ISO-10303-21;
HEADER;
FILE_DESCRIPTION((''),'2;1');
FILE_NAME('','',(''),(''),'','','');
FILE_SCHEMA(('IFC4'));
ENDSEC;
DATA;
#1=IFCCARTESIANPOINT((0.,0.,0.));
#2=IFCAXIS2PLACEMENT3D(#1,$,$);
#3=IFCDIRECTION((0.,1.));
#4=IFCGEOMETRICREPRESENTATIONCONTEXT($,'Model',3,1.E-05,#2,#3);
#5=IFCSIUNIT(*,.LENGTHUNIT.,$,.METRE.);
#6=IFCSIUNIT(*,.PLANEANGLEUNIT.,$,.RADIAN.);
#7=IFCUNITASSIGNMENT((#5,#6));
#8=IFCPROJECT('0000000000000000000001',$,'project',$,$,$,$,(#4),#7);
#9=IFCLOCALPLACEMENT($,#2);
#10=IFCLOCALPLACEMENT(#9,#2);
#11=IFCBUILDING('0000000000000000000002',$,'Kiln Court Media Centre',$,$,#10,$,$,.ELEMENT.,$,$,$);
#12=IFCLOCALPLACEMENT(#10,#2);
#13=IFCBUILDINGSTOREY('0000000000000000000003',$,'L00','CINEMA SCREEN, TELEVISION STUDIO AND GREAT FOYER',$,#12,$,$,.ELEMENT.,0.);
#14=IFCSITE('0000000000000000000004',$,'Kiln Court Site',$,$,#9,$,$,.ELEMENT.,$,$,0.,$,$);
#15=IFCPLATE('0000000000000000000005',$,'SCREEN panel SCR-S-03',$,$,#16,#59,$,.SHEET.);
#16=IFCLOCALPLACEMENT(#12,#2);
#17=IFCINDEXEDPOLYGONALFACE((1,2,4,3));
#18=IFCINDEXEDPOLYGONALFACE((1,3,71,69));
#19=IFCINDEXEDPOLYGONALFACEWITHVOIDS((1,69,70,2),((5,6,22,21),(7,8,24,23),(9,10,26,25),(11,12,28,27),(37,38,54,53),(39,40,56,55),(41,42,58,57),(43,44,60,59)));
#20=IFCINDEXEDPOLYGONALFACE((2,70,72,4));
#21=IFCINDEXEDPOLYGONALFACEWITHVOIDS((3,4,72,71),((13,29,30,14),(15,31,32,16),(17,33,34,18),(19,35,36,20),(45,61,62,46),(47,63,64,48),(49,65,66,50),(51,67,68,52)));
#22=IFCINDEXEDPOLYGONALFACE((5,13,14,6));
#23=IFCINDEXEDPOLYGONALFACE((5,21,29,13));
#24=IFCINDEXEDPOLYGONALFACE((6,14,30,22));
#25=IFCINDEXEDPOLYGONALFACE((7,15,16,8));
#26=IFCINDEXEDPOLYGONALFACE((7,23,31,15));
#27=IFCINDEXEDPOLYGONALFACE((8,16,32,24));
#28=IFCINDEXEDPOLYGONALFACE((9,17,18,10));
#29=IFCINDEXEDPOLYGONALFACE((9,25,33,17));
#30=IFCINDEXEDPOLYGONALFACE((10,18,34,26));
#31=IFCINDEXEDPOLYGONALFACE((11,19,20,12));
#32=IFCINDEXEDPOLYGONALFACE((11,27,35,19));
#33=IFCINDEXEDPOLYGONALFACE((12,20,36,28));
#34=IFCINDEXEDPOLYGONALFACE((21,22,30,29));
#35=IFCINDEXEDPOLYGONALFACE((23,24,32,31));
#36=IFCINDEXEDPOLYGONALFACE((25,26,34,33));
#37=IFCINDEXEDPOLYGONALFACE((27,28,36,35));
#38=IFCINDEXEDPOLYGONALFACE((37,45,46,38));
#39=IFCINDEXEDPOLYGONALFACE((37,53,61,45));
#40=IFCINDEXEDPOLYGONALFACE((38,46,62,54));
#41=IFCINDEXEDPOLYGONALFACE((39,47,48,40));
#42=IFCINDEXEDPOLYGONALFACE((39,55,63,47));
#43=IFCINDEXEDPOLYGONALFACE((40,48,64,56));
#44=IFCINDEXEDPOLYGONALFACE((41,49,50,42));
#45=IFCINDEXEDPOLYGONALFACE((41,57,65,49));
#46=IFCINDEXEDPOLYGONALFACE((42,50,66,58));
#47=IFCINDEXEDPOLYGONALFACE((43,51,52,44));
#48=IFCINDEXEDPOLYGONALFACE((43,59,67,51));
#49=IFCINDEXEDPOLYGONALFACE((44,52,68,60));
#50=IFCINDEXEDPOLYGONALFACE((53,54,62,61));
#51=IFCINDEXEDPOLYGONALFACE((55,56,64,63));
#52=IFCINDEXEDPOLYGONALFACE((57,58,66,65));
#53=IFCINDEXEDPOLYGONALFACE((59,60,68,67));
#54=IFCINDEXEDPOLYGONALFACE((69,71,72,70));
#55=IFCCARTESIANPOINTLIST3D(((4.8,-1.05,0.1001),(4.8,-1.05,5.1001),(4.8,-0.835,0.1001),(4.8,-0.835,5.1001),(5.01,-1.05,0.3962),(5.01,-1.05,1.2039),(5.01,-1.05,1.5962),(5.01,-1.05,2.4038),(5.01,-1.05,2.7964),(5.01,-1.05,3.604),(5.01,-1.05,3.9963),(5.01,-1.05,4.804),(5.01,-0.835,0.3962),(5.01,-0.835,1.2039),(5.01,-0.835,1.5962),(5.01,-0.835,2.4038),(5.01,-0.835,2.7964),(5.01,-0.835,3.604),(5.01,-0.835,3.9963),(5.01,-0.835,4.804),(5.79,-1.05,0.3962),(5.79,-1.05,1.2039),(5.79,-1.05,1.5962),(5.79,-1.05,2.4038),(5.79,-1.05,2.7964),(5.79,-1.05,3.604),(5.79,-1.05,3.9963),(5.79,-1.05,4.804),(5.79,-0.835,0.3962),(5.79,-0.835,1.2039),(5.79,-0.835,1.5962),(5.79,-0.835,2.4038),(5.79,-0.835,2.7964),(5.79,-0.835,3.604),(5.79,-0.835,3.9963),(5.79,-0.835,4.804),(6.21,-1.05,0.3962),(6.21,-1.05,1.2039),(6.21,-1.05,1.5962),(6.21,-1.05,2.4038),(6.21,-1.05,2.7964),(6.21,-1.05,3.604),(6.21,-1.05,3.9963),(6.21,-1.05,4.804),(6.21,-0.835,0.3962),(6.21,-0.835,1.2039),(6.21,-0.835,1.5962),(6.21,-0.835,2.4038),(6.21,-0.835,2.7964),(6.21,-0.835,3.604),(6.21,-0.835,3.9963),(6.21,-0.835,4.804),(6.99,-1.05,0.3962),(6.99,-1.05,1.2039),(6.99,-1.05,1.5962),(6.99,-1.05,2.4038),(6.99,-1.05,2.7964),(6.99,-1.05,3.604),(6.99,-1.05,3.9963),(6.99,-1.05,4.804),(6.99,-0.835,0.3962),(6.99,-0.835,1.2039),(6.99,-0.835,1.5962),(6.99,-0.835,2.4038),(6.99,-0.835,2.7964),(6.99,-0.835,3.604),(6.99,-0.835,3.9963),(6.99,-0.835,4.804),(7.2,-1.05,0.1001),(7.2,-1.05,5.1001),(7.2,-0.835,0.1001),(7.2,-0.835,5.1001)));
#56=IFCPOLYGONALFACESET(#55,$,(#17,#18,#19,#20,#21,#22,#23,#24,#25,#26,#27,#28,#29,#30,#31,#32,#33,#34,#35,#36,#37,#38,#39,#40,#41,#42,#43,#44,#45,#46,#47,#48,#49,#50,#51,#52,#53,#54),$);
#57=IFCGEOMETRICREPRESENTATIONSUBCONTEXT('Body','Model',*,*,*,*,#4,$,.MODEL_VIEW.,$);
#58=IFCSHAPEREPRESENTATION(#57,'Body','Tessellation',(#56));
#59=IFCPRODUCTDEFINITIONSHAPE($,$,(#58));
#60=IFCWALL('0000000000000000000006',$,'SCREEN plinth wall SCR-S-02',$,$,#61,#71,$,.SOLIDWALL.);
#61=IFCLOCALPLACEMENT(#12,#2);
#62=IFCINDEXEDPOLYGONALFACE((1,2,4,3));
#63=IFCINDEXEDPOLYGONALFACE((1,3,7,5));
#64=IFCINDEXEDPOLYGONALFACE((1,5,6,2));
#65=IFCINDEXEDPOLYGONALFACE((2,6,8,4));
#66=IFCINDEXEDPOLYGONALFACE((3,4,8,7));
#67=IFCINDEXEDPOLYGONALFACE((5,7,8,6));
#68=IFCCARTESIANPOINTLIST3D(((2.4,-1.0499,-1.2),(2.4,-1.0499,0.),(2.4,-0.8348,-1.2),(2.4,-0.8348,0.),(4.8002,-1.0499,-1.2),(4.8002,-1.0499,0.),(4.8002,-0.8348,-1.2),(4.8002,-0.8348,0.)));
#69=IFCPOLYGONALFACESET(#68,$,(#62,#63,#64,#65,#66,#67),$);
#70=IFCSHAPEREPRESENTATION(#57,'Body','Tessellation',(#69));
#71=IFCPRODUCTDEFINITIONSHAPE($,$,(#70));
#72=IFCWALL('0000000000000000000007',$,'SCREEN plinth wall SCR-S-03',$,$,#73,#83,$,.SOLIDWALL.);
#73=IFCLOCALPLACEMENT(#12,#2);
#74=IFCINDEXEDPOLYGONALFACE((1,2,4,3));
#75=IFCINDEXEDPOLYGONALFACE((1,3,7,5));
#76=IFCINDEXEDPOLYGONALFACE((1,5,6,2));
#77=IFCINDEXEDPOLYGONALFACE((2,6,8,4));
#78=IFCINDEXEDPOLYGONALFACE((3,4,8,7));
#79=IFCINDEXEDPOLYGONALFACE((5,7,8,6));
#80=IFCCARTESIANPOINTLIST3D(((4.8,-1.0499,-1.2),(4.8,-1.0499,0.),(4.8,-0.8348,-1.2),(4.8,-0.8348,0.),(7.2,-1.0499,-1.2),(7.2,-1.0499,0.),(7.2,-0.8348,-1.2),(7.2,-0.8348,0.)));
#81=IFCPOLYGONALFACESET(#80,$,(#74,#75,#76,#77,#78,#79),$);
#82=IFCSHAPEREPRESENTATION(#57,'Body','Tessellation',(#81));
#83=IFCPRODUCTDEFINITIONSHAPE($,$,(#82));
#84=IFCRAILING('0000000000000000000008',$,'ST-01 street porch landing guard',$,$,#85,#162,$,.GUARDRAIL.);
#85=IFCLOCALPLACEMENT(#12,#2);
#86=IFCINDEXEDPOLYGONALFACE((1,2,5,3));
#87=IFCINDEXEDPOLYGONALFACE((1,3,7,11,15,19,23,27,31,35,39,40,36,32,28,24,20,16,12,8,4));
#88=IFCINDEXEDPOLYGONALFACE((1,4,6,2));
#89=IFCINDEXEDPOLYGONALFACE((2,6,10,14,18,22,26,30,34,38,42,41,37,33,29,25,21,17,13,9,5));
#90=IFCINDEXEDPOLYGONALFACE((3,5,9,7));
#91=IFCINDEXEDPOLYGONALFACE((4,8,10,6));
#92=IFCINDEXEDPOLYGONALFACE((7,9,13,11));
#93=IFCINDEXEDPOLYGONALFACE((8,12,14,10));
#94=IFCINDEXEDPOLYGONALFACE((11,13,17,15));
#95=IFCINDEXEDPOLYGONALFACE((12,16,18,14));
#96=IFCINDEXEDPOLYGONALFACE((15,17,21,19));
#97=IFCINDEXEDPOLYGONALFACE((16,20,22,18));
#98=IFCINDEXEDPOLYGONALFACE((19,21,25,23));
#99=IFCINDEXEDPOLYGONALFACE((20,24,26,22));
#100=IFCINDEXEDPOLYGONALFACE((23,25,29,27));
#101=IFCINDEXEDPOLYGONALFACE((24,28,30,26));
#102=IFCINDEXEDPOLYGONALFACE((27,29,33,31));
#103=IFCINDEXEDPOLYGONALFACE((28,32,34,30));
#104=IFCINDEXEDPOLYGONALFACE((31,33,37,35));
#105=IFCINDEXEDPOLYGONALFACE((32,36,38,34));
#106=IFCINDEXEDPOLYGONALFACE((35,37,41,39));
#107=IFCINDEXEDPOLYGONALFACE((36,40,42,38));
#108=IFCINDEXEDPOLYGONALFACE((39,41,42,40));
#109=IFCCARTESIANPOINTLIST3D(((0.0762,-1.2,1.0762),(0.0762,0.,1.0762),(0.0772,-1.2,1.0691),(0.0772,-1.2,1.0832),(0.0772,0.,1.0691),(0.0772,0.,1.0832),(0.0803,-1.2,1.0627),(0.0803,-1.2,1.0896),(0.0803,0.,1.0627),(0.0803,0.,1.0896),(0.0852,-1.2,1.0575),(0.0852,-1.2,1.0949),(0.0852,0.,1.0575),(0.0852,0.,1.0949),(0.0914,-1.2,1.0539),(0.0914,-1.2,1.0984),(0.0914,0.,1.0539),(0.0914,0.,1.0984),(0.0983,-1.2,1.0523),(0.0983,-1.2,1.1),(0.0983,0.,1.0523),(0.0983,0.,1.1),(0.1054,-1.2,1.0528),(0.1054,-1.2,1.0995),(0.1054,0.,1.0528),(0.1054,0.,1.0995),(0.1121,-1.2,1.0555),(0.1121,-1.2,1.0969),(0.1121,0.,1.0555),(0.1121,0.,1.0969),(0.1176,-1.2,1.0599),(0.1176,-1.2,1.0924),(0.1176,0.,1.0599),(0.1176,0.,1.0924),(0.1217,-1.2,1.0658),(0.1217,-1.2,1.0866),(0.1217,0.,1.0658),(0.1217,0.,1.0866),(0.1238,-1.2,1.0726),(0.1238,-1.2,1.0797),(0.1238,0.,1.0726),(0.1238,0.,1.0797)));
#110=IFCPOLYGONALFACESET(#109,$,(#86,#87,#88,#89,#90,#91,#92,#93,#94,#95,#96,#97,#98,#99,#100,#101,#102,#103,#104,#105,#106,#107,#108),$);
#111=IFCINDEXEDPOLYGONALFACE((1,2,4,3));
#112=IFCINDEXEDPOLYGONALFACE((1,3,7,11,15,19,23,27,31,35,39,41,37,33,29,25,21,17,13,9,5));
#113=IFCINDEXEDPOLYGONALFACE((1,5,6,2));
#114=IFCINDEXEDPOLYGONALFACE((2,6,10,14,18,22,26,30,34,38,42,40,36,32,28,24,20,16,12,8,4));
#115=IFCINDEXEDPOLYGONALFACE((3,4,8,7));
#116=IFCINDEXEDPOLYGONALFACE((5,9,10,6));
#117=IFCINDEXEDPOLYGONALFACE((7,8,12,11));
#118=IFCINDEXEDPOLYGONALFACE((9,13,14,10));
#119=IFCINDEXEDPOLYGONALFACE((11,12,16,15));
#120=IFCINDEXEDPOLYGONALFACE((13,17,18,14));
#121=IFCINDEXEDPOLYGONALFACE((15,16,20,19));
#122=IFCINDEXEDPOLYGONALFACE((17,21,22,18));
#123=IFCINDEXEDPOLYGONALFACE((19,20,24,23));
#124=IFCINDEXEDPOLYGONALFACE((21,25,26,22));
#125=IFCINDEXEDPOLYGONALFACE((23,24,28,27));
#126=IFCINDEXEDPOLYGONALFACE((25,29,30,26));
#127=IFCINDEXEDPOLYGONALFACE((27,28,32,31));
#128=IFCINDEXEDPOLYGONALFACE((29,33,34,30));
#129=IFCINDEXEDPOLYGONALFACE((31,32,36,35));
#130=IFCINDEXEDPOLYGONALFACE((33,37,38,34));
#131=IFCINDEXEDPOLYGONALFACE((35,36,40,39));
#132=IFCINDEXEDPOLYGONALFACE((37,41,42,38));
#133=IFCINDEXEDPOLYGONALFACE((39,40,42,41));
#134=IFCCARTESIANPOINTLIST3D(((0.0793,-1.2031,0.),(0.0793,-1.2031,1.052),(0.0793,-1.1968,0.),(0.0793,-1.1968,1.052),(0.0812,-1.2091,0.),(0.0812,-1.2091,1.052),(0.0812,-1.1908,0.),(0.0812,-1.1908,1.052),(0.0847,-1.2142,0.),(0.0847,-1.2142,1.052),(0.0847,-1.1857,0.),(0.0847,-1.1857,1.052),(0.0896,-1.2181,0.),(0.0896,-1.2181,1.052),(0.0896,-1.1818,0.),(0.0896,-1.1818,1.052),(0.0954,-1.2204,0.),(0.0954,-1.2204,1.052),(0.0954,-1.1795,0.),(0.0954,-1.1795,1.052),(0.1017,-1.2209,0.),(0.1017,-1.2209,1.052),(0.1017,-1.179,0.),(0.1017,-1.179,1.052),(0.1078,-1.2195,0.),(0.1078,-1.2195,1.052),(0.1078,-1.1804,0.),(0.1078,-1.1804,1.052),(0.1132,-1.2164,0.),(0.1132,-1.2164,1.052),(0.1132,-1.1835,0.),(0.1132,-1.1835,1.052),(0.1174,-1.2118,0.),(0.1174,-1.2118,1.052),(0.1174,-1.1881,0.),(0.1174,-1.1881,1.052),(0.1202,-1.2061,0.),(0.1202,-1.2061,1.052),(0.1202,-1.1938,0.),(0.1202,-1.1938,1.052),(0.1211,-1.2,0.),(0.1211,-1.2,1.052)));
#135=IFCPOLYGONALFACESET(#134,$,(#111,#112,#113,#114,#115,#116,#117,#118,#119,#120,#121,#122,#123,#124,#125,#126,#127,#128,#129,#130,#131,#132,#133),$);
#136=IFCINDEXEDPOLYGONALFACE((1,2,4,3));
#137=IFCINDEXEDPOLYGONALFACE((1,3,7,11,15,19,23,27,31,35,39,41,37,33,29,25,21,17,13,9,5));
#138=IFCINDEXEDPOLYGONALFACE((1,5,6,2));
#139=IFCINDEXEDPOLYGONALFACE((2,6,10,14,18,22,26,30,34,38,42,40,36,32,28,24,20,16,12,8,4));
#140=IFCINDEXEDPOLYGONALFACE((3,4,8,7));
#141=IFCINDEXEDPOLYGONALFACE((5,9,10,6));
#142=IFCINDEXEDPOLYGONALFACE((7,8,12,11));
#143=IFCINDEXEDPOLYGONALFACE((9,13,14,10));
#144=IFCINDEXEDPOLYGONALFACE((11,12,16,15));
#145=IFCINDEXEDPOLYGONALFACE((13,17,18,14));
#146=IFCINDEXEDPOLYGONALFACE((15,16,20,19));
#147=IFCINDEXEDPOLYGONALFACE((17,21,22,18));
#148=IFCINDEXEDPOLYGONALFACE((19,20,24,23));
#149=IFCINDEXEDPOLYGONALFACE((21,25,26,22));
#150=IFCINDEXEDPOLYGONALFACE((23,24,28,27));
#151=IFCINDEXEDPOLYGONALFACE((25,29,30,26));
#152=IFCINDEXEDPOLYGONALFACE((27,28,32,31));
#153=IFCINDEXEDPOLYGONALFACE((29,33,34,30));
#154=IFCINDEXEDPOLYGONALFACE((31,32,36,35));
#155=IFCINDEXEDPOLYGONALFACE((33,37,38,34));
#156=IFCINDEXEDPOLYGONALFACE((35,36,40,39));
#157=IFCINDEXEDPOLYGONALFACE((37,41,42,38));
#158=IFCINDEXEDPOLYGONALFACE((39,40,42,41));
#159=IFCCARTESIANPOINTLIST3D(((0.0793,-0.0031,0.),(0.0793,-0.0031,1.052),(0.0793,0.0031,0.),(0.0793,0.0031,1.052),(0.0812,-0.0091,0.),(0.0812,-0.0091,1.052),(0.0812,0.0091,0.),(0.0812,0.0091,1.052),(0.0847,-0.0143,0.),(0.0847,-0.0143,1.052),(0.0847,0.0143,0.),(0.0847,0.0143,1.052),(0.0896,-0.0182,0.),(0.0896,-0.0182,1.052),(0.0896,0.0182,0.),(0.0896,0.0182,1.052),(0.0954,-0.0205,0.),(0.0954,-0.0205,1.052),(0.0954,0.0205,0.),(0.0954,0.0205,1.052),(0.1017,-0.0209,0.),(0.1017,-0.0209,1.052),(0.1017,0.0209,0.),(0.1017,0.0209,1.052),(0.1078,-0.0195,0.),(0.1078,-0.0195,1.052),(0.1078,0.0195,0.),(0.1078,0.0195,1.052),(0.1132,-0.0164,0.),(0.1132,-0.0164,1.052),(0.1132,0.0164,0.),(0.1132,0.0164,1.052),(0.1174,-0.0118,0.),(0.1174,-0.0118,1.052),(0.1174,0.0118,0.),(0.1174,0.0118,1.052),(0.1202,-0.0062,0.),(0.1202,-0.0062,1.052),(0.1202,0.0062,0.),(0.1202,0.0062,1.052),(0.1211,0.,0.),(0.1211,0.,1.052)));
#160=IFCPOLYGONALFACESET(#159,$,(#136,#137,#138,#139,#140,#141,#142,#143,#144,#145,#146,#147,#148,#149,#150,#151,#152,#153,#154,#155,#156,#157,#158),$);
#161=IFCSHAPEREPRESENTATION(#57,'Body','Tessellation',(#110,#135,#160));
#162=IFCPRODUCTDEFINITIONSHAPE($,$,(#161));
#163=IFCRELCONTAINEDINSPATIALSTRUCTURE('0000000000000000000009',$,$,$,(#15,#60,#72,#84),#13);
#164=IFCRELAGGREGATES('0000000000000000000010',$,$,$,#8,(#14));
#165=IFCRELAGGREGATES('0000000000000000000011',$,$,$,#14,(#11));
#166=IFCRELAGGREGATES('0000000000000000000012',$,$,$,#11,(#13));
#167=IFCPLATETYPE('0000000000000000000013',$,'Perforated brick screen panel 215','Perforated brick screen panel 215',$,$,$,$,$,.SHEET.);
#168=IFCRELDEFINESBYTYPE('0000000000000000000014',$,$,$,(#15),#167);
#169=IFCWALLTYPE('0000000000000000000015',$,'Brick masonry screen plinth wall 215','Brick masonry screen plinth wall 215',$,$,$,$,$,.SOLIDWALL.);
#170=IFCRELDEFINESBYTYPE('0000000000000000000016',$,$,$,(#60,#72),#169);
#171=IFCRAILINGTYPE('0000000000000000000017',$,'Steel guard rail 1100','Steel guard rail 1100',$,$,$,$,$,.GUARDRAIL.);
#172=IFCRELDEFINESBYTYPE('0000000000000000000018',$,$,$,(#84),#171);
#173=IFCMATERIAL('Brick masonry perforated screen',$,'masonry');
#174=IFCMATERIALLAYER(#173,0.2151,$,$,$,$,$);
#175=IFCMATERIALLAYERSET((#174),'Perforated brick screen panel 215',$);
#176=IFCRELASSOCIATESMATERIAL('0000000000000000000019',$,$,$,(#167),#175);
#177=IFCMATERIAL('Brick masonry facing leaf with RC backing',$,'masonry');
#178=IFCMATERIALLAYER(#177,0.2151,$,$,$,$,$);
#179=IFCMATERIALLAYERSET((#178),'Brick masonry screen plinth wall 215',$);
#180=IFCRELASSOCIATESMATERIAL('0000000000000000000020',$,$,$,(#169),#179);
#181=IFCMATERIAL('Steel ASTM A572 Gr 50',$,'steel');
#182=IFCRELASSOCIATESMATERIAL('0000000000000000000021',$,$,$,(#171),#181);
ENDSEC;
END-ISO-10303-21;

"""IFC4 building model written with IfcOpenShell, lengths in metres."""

from ifc_helpers import new_model, si_unit, direction, frame, frame_2d, origin, origin_2d, place, context, subcontext, project, spatial, polyline, rectangle, circle, outline, extrude, material, layer, layer_set, type_object, element, save


model = new_model("IFC4")

# Units and contexts
model_context = context("Model", 3, precision=1e-05, world=origin(), true_north=direction((0.0, 1.0)))
body_context = subcontext(model_context, "Body", "Model", "MODEL_VIEW")
ifc_project = project(units=[si_unit("LENGTHUNIT", "METRE"), si_unit("PLANEANGLEUNIT", "RADIAN")], contexts=[model_context])

# Site, building, storey
site_placement = place(None, origin())
site = spatial("IfcSite", under=ifc_project, at=site_placement, Name="Kiln Court Site", CompositionType="ELEMENT", RefElevation=0.0)
building_placement = place(site_placement, origin())
building = spatial("IfcBuilding", under=site, at=building_placement, Name="Kiln Court Media Centre", CompositionType="ELEMENT")
storey_placement = place(building_placement, origin())
storey = spatial("IfcBuildingStorey", under=building, at=storey_placement, Name="L00", Description="CINEMA SCREEN, TELEVISION STUDIO AND GREAT FOYER", CompositionType="ELEMENT", Elevation=0.0)

# Plate
ifc_material_1 = material(Name="Brick masonry perforated screen", Category="masonry")
ifc_layer_1 = layer(ifc_material_1, 0.2151)
ifc_layer_set_1 = layer_set([ifc_layer_1], Name="Perforated brick screen panel 215")
plate_type = type_object("IfcPlateType", Name="Perforated brick screen panel 215", Description="Perforated brick screen panel 215", PredefinedType="SHEET", material=ifc_layer_set_1)
for number, where, z_axis, x_axis, name in (
    (1, (6.0, -0.835, 0.1001), (0.0, -1.0, 0.0), (1.0, 0.0, 0.0), "SCREEN panel SCR-S-03"),
):
    element("IfcPlate", number, at=place(storey_placement, frame(where, z_axis=z_axis, x_axis=x_axis)), inside=storey, type_object=plate_type, Name=name, PredefinedType="SHEET", context=body_context, shape_type="SweptSolid", body=[
        extrude(outline(polyline([(-1.2, 0.0), (1.2, 0.0), (1.2, 5.0), (-1.2, 5.0), (-1.2, 0.0)]), holes=[polyline([(-0.99, 0.2961), (-0.21, 0.2961), (-0.21, 1.1038), (-0.99, 1.1038), (-0.99, 0.2961)]), polyline([(-0.99, 1.4961), (-0.21, 1.4961), (-0.21, 2.3037), (-0.99, 2.3037), (-0.99, 1.4961)]), polyline([(-0.99, 2.6963), (-0.21, 2.6963), (-0.21, 3.5039), (-0.99, 3.5039), (-0.99, 2.6963)]), polyline([(-0.99, 3.8962), (-0.21, 3.8962), (-0.21, 4.7039), (-0.99, 4.7039), (-0.99, 3.8962)]), polyline([(0.21, 0.2961), (0.99, 0.2961), (0.99, 1.1038), (0.21, 1.1038), (0.21, 0.2961)]), polyline([(0.21, 1.4961), (0.99, 1.4961), (0.99, 2.3037), (0.21, 2.3037), (0.21, 1.4961)]), polyline([(0.21, 2.6963), (0.99, 2.6963), (0.99, 3.5039), (0.21, 3.5039), (0.21, 2.6963)]), polyline([(0.21, 3.8962), (0.99, 3.8962), (0.99, 4.7039), (0.21, 4.7039), (0.21, 3.8962)])]), origin(), (0.0, 0.0, 1.0), 0.2151),
    ])

# Walls
ifc_material_2 = material(Name="Brick masonry facing leaf with RC backing", Category="masonry")
ifc_layer_2 = layer(ifc_material_2, 0.2151)
ifc_layer_set_2 = layer_set([ifc_layer_2], Name="Brick masonry screen plinth wall 215")
wall_type = type_object("IfcWallType", Name="Brick masonry screen plinth wall 215", Description="Brick masonry screen plinth wall 215", PredefinedType="SOLIDWALL", material=ifc_layer_set_2)
wall_1_placement = place(storey_placement, frame((2.3999, -0.9424, -1.2), z_axis=(0.0, 0.0, 1.0), x_axis=(1.0, 0.0, 0.0)))
element("IfcWall", 2, at=wall_1_placement, inside=storey, type_object=wall_type, Name="SCREEN plinth wall SCR-S-02", PredefinedType="SOLIDWALL", context=body_context, shape_type="SweptSolid", body=[
    extrude(rectangle(XDim=2.4001, YDim=0.2151, at=frame_2d((1.2002, 0.0))), origin(), (0.0, 0.0, 1.0), 1.2),
])
wall_2_placement = place(storey_placement, frame((4.8, -0.9424, -1.2), z_axis=(0.0, 0.0, 1.0), x_axis=(1.0, 0.0, 0.0)))
element("IfcWall", 3, at=wall_2_placement, inside=storey, type_object=wall_type, Name="SCREEN plinth wall SCR-S-03", PredefinedType="SOLIDWALL", context=body_context, shape_type="SweptSolid", body=[
    extrude(rectangle(XDim=2.3999, YDim=0.2151, at=frame_2d((1.2, 0.0))), origin(), (0.0, 0.0, 1.0), 1.2),
])

# Railing
ifc_material_3 = material(Name="Steel ASTM A572 Gr 50", Category="steel")
railing_type_1 = type_object("IfcRailingType", Name="Steel guard rail 1100", Description="Steel guard rail 1100", PredefinedType="GUARDRAIL", material=ifc_material_3)
for number, where, name in (
    (4, (0.1001, -1.2, 0.0), "ST-01 street porch landing guard"),
):
    element("IfcRailing", number, at=place(storey_placement, frame(where)), inside=storey, type_object=railing_type_1, Name=name, PredefinedType="GUARDRAIL", context=body_context, shape_type="SweptSolid", body=[
        extrude(circle(Radius=0.0239, at=origin_2d()), frame((0.0, 0.0, 1.0762), z_axis=(0.0, 1.0, 0.0), x_axis=(-1.0, 0.0, 0.0)), (0.0, 0.0, 1.0), 1.2),
        extrude(circle(Radius=0.021, at=origin_2d()), origin(), (0.0, 0.0, 1.0), 1.052),
        extrude(circle(Radius=0.021, at=origin_2d()), frame((0.0, 1.2, 0.0)), (0.0, 0.0, 1.0), 1.052),
    ])

save(model, "model.ifc")
